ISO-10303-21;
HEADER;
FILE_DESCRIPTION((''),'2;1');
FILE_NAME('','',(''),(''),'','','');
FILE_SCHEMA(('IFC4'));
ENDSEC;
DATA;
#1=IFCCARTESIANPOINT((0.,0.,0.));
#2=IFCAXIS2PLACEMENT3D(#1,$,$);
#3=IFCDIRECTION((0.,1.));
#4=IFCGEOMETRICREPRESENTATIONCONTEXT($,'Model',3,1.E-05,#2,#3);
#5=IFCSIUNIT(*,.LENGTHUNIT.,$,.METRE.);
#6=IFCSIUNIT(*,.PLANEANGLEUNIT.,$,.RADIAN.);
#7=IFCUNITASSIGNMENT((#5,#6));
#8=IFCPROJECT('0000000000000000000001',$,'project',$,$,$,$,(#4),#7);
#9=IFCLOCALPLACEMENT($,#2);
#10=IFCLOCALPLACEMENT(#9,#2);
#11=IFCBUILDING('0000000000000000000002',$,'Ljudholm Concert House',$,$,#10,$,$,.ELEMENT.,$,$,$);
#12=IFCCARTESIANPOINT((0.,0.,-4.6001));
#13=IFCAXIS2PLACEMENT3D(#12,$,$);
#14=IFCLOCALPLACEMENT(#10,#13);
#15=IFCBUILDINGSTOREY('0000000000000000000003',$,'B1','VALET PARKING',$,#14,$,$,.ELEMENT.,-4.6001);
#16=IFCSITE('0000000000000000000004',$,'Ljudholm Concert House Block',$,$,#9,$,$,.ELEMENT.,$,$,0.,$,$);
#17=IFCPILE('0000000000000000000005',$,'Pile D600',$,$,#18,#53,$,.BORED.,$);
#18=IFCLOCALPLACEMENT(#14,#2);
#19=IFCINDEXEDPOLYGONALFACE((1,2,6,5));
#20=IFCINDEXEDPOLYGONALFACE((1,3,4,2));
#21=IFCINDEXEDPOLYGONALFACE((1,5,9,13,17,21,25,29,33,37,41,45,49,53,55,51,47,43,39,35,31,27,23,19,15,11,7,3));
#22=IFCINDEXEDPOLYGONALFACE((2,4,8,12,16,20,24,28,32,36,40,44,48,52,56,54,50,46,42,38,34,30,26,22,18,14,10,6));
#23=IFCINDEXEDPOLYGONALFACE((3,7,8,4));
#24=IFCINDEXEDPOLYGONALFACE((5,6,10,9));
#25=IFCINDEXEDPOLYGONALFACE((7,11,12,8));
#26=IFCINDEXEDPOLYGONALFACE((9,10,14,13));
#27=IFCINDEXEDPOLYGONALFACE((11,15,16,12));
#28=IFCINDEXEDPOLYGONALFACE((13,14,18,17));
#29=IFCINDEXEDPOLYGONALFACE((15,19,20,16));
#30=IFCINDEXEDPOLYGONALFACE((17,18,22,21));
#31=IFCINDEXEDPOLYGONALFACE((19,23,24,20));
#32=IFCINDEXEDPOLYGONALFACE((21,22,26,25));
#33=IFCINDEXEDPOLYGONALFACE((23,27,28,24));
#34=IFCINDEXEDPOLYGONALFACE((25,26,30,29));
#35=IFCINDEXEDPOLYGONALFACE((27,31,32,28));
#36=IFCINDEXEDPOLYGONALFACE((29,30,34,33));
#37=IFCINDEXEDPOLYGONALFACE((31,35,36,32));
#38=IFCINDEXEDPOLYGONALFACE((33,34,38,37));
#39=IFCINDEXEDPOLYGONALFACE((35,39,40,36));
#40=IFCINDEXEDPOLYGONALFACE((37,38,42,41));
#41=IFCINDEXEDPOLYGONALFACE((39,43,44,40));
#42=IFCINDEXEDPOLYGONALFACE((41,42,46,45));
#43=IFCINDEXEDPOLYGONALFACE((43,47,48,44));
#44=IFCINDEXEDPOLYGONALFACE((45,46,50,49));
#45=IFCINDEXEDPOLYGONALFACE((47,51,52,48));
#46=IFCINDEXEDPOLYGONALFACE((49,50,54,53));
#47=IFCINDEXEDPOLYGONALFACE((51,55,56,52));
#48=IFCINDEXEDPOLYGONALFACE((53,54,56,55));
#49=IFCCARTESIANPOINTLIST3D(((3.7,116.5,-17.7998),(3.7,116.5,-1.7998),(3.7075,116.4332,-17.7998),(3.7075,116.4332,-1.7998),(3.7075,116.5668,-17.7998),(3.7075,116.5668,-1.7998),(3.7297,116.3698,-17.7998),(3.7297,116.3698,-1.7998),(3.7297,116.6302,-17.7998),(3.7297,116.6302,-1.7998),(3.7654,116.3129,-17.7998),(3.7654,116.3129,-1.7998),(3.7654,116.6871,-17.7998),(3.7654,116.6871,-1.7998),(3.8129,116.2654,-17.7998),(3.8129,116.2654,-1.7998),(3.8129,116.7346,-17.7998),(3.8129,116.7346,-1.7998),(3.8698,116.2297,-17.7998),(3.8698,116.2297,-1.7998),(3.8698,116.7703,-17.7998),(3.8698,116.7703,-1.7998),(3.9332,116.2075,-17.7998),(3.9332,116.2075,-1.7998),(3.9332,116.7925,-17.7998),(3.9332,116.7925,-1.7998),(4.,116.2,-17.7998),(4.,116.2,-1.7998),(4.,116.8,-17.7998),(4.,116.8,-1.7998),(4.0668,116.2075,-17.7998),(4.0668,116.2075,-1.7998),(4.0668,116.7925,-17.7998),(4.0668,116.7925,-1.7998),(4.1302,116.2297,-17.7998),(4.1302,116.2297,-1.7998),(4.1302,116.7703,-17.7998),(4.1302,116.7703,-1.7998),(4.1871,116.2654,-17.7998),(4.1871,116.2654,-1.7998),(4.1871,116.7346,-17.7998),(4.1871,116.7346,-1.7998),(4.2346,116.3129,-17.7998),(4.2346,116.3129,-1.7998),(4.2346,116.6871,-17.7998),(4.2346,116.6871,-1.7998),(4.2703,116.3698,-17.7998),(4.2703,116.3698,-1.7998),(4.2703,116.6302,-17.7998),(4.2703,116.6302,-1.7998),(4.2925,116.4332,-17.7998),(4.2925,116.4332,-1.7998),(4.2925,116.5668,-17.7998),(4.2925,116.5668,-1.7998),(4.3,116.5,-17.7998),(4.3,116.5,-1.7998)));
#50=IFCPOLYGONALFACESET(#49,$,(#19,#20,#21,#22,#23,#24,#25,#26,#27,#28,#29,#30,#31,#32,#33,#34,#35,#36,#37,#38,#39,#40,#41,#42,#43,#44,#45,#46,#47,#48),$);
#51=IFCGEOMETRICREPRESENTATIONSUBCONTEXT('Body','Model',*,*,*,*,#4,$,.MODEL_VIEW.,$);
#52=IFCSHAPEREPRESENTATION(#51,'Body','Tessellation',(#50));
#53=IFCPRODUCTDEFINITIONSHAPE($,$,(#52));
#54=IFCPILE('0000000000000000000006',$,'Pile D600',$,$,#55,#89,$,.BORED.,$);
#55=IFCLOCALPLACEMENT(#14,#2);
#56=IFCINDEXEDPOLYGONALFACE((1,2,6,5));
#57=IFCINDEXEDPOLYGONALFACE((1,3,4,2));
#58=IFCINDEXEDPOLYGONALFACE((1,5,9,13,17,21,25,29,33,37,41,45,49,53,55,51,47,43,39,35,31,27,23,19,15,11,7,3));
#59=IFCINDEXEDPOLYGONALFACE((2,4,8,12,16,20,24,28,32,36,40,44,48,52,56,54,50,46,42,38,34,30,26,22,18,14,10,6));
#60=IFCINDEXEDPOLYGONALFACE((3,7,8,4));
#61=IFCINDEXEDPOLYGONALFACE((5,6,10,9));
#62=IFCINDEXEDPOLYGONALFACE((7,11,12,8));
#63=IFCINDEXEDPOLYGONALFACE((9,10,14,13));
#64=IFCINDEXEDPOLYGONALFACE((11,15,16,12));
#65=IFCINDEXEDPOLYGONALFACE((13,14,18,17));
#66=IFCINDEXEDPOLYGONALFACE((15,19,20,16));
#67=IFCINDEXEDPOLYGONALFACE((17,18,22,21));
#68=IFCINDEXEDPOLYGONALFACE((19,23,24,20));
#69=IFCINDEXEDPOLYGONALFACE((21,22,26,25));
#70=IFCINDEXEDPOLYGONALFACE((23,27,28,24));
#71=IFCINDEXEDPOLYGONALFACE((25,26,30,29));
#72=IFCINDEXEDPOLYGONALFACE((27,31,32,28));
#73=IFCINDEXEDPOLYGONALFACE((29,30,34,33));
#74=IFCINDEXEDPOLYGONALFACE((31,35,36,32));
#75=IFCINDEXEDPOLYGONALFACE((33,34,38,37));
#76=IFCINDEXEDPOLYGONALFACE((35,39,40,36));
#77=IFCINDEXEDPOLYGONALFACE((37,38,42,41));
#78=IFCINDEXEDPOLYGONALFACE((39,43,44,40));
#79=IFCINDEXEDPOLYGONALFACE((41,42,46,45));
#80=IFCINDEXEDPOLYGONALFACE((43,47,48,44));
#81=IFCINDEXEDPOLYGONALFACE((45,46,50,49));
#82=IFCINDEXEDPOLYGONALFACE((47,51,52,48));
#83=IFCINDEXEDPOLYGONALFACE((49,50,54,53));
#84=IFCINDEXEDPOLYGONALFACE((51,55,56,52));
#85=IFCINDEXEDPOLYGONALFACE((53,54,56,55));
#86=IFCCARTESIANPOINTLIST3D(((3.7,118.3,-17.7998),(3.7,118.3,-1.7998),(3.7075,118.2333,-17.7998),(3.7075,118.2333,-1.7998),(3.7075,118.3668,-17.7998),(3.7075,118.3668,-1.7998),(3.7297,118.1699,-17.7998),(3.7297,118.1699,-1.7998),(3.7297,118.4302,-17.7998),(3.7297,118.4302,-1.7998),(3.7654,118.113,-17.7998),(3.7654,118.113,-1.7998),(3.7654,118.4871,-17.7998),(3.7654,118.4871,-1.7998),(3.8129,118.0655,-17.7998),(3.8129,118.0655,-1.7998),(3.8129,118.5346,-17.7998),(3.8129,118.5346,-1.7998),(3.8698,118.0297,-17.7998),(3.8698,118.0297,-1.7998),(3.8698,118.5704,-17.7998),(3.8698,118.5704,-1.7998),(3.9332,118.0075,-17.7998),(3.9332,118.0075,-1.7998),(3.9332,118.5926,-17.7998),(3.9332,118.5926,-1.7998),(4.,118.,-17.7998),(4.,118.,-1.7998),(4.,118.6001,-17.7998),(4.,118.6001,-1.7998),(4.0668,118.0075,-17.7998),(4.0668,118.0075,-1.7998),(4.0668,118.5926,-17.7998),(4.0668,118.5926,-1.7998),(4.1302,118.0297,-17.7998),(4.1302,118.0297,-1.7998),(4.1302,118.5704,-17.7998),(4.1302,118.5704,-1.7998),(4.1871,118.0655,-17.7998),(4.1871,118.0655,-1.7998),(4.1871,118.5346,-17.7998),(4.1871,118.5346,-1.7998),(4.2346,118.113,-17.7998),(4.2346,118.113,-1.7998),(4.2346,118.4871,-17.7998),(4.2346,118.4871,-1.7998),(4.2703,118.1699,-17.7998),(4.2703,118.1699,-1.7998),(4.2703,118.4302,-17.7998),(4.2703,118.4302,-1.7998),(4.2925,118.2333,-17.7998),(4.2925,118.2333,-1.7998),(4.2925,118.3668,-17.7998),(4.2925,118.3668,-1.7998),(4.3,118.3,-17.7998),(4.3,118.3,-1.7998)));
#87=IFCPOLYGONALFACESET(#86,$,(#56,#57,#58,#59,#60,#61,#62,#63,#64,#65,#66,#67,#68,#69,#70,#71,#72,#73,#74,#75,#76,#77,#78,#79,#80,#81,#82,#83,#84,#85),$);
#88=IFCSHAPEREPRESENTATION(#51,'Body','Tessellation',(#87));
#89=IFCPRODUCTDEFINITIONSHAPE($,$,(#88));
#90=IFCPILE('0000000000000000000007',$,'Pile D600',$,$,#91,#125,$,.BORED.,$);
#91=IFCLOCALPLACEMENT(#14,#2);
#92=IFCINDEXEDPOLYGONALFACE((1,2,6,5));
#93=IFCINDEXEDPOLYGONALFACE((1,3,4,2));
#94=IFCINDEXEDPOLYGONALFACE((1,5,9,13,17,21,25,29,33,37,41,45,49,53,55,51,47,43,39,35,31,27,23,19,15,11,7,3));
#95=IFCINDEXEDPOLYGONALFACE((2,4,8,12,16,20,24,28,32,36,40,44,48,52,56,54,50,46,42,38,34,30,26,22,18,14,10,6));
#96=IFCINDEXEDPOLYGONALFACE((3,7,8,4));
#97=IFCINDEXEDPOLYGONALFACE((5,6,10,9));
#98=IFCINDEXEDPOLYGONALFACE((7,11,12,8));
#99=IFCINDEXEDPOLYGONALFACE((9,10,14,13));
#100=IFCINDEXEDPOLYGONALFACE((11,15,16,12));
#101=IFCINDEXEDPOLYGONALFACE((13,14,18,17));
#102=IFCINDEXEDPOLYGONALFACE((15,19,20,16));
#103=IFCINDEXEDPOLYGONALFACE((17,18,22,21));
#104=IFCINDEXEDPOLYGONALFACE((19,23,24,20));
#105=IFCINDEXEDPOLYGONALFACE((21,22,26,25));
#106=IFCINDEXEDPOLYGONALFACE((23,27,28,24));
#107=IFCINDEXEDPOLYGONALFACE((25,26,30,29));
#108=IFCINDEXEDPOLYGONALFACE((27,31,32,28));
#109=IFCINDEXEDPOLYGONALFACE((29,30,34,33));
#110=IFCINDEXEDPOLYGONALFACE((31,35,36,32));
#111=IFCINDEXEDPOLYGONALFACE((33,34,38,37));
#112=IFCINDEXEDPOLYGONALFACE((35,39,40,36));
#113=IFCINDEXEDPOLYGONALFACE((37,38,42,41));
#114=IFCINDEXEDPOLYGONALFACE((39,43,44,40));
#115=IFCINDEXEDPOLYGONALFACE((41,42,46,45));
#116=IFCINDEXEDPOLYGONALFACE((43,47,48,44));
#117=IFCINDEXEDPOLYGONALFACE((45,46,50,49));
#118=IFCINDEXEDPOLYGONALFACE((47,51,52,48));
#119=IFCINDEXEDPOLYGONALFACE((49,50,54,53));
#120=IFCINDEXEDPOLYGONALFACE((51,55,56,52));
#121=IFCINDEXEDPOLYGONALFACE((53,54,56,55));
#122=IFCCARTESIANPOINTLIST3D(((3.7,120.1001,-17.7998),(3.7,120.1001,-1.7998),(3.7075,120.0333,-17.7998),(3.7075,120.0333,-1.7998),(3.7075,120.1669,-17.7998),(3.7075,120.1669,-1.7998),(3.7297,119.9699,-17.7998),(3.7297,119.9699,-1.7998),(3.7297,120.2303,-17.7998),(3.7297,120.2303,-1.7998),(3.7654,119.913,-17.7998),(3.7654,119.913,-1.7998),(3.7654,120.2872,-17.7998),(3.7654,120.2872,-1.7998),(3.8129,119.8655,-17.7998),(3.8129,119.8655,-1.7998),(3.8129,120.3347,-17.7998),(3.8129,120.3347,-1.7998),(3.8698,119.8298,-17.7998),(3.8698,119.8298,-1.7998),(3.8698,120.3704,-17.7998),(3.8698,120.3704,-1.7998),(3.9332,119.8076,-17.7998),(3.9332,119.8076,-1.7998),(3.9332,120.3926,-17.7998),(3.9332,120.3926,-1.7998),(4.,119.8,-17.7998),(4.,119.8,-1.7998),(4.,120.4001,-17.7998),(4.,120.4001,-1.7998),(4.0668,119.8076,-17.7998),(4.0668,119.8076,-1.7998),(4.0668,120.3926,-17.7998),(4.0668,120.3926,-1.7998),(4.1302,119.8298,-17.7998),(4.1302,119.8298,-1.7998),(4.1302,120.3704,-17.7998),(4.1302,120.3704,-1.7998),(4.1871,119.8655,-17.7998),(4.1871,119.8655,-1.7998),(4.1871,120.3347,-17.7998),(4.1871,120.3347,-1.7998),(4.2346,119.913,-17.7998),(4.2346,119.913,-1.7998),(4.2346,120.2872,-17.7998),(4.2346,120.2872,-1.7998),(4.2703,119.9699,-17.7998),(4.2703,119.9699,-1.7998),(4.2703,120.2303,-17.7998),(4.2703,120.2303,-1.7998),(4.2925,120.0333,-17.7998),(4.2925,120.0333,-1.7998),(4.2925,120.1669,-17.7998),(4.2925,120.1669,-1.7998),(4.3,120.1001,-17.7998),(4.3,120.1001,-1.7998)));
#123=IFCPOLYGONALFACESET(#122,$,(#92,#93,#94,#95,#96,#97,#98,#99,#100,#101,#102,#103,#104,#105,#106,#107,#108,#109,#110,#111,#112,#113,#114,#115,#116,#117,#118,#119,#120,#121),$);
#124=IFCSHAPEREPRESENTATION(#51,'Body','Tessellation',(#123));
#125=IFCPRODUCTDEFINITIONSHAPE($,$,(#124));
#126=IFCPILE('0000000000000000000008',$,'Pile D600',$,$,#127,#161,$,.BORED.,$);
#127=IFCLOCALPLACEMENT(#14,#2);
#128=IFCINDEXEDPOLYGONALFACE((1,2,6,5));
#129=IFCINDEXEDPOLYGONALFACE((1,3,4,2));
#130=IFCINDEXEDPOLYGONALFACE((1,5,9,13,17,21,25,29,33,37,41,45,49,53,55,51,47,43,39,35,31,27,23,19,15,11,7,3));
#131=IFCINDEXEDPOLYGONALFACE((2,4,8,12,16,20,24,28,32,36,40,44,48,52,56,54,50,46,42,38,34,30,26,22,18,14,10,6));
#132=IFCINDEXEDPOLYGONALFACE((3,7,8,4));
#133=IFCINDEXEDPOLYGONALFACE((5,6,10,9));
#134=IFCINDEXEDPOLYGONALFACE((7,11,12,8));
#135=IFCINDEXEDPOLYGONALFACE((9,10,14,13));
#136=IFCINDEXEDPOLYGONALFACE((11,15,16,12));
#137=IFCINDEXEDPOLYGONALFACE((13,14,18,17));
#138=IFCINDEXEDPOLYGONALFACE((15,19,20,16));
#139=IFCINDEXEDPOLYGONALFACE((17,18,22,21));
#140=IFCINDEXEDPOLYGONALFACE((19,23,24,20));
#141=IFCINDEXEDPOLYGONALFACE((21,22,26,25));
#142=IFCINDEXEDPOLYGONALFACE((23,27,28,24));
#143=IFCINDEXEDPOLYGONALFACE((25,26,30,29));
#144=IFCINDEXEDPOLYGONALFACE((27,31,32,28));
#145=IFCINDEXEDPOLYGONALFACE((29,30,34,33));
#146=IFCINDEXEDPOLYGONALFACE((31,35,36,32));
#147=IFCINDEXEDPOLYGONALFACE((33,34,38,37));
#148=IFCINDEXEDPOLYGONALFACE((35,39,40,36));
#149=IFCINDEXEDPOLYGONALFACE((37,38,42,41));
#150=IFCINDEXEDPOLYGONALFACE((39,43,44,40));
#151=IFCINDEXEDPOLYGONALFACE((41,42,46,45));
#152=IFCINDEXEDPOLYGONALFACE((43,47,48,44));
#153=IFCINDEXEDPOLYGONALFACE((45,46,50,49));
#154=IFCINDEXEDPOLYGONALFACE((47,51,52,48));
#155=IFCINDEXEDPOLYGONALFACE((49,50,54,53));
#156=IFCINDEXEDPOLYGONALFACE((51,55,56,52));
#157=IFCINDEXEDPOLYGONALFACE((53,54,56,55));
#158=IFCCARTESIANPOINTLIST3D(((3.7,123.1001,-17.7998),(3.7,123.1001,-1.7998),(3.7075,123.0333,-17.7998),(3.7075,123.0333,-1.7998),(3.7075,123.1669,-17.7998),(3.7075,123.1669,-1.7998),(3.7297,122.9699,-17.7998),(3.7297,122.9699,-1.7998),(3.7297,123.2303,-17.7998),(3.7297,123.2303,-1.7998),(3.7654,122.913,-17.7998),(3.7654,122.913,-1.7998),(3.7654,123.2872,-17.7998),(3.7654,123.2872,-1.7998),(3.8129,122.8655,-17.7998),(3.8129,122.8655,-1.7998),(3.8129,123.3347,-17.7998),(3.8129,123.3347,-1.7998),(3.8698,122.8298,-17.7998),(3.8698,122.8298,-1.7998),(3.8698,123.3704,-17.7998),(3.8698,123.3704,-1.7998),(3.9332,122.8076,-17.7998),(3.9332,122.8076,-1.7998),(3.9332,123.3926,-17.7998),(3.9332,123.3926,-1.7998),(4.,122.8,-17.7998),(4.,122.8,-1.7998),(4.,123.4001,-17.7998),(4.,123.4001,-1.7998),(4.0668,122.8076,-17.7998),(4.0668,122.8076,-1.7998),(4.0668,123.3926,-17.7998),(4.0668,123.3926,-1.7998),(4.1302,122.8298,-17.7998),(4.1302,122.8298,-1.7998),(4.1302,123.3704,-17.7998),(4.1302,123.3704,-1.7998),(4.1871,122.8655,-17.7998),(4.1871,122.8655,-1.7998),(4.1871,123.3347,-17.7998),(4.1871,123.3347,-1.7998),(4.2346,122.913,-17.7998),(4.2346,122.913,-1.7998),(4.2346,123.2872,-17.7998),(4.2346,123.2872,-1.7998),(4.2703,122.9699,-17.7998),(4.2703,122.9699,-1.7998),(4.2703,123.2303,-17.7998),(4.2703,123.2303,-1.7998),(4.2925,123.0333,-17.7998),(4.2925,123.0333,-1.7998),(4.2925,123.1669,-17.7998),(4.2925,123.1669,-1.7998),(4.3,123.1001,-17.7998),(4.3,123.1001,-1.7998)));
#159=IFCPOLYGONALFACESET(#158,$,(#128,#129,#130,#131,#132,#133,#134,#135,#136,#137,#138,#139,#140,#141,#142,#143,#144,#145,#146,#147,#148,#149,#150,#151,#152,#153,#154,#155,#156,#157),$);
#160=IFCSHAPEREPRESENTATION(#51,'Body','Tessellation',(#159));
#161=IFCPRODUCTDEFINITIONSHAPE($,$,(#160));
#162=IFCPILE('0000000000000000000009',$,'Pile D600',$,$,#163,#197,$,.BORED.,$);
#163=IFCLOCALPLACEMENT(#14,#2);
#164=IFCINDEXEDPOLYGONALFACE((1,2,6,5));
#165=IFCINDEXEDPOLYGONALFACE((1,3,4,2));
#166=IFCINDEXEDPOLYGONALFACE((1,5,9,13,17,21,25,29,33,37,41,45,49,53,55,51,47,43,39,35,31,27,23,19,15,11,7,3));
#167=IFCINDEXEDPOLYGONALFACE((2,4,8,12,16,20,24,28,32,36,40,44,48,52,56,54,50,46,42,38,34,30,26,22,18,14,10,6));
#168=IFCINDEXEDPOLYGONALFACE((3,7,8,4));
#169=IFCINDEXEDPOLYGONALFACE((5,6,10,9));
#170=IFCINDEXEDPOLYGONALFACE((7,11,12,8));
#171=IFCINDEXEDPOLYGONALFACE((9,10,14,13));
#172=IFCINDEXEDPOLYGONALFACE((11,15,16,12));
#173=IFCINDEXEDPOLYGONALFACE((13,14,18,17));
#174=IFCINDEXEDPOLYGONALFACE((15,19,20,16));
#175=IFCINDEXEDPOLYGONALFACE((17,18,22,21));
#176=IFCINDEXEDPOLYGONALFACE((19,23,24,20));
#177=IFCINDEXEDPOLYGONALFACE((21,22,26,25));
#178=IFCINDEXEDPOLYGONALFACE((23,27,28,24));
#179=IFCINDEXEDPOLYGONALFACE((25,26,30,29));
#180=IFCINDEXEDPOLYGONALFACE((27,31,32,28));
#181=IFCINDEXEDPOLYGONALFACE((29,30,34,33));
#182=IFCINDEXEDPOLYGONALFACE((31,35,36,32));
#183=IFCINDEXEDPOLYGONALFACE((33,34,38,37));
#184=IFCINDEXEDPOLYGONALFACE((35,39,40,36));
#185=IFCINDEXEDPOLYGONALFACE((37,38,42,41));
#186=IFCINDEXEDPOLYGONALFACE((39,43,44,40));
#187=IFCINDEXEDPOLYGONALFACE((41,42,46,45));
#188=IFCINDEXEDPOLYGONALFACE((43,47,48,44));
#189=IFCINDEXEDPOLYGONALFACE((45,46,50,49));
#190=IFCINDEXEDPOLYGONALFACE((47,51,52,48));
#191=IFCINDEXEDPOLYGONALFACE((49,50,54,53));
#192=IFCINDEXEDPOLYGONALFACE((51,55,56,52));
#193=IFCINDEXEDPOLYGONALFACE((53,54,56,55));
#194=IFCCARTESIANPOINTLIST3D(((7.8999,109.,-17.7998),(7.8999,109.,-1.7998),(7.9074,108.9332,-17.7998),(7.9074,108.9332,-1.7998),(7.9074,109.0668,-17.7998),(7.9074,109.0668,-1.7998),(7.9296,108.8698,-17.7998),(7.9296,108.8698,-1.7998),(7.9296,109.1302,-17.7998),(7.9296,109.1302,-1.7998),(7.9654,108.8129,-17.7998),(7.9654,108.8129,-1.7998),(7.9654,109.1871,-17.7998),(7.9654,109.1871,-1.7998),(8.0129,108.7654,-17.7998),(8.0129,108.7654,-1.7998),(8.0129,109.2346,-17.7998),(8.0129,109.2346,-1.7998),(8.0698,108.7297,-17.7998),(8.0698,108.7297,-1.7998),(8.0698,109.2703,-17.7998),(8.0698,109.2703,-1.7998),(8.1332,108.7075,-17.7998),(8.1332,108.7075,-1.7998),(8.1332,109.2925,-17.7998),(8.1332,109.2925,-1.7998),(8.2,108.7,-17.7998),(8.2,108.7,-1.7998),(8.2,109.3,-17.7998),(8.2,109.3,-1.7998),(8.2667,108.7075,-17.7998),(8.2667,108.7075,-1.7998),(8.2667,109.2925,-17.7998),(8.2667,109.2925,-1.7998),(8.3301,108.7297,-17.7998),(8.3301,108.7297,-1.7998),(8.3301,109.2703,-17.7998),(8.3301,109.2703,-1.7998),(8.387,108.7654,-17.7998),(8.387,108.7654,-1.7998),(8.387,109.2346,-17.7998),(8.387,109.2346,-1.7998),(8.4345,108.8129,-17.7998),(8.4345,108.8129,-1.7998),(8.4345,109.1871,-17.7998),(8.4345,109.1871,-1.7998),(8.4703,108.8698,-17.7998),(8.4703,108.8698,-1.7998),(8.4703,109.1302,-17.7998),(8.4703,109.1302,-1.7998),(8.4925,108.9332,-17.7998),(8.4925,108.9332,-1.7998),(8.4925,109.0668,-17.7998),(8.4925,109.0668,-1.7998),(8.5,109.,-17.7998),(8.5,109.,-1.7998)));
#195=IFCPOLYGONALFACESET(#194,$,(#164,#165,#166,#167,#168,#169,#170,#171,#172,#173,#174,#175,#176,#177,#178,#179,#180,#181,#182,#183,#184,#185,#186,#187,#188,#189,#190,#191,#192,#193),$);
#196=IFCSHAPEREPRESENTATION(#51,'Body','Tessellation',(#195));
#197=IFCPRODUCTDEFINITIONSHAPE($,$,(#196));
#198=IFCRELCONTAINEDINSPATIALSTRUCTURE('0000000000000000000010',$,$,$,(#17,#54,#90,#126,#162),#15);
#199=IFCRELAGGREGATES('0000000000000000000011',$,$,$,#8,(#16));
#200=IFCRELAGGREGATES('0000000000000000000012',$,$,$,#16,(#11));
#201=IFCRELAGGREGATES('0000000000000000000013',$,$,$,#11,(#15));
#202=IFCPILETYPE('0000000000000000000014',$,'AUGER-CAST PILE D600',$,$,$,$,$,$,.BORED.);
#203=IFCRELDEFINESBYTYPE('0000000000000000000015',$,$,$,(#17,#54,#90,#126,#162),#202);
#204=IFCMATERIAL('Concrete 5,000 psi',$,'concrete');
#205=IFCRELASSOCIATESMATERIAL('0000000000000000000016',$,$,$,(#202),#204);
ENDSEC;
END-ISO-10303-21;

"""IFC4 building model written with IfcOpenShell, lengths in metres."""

from ifc_helpers import new_model, si_unit, direction, frame, origin, origin_2d, place, context, subcontext, project, spatial, circle, extrude, material, material_profile, profile_set, type_object, element, save


model = new_model("IFC4")

# Units and contexts
model_context = context("Model", 3, precision=1e-05, world=origin(), true_north=direction((0.0, 1.0)))
body_context = subcontext(model_context, "Body", "Model", "MODEL_VIEW")
ifc_project = project(units=[si_unit("LENGTHUNIT", "METRE"), si_unit("PLANEANGLEUNIT", "RADIAN")], contexts=[model_context])

# Site, building, storey
site_placement = place(None, origin())
site = spatial("IfcSite", under=ifc_project, at=site_placement, Name="Ljudholm Concert House Block", CompositionType="ELEMENT", RefElevation=0.0)
building_placement = place(site_placement, origin())
building = spatial("IfcBuilding", under=site, at=building_placement, Name="Ljudholm Concert House", CompositionType="ELEMENT")
storey_placement = place(building_placement, frame((0.0, 0.0, -4.6001)))
storey = spatial("IfcBuildingStorey", under=building, at=storey_placement, Name="B1", Description="VALET PARKING", CompositionType="ELEMENT", Elevation=-4.6001)

# Piles
ifc_material_1 = material(Name="Concrete 5,000 psi", Category="concrete")
ifc_material_profile_1 = material_profile(ifc_material_1, circle(Radius=0.3, at=origin_2d()), Name="AUGER-CAST PILE D600")
ifc_profile_set_1 = profile_set([ifc_material_profile_1], Name="Concrete 5,000 psi")
pile_type = type_object("IfcPileType", Name="AUGER-CAST PILE D600", PredefinedType="BORED", material=ifc_profile_set_1)
for number, where, z_axis, x_axis, name in (
    (1, (4.0, 116.5, -1.7998), (0.0, 0.0, -1.0), (1.0, 0.0, 0.0), "Pile D600"),
    (2, (4.0, 118.3, -1.7998), (0.0, 0.0, -1.0), (1.0, 0.0, 0.0), "Pile D600"),
    (3, (4.0, 120.1001, -1.7998), (0.0, 0.0, -1.0), (1.0, 0.0, 0.0), "Pile D600"),
    (4, (4.0, 123.1001, -1.7998), (0.0, 0.0, -1.0), (1.0, 0.0, 0.0), "Pile D600"),
    (5, (8.2, 109.0, -1.7998), (0.0, 0.0, -1.0), (1.0, 0.0, 0.0), "Pile D600"),
):
    element("IfcPile", number, at=place(storey_placement, frame(where, z_axis=z_axis, x_axis=x_axis)), inside=storey, type_object=pile_type, Name=name, PredefinedType="BORED", context=body_context, shape_type="SweptSolid", body=[
        extrude(circle(Radius=0.3, at=origin_2d()), origin(), (0.0, 0.0, 1.0), 16.0),
    ])

save(model, "model.ifc")
